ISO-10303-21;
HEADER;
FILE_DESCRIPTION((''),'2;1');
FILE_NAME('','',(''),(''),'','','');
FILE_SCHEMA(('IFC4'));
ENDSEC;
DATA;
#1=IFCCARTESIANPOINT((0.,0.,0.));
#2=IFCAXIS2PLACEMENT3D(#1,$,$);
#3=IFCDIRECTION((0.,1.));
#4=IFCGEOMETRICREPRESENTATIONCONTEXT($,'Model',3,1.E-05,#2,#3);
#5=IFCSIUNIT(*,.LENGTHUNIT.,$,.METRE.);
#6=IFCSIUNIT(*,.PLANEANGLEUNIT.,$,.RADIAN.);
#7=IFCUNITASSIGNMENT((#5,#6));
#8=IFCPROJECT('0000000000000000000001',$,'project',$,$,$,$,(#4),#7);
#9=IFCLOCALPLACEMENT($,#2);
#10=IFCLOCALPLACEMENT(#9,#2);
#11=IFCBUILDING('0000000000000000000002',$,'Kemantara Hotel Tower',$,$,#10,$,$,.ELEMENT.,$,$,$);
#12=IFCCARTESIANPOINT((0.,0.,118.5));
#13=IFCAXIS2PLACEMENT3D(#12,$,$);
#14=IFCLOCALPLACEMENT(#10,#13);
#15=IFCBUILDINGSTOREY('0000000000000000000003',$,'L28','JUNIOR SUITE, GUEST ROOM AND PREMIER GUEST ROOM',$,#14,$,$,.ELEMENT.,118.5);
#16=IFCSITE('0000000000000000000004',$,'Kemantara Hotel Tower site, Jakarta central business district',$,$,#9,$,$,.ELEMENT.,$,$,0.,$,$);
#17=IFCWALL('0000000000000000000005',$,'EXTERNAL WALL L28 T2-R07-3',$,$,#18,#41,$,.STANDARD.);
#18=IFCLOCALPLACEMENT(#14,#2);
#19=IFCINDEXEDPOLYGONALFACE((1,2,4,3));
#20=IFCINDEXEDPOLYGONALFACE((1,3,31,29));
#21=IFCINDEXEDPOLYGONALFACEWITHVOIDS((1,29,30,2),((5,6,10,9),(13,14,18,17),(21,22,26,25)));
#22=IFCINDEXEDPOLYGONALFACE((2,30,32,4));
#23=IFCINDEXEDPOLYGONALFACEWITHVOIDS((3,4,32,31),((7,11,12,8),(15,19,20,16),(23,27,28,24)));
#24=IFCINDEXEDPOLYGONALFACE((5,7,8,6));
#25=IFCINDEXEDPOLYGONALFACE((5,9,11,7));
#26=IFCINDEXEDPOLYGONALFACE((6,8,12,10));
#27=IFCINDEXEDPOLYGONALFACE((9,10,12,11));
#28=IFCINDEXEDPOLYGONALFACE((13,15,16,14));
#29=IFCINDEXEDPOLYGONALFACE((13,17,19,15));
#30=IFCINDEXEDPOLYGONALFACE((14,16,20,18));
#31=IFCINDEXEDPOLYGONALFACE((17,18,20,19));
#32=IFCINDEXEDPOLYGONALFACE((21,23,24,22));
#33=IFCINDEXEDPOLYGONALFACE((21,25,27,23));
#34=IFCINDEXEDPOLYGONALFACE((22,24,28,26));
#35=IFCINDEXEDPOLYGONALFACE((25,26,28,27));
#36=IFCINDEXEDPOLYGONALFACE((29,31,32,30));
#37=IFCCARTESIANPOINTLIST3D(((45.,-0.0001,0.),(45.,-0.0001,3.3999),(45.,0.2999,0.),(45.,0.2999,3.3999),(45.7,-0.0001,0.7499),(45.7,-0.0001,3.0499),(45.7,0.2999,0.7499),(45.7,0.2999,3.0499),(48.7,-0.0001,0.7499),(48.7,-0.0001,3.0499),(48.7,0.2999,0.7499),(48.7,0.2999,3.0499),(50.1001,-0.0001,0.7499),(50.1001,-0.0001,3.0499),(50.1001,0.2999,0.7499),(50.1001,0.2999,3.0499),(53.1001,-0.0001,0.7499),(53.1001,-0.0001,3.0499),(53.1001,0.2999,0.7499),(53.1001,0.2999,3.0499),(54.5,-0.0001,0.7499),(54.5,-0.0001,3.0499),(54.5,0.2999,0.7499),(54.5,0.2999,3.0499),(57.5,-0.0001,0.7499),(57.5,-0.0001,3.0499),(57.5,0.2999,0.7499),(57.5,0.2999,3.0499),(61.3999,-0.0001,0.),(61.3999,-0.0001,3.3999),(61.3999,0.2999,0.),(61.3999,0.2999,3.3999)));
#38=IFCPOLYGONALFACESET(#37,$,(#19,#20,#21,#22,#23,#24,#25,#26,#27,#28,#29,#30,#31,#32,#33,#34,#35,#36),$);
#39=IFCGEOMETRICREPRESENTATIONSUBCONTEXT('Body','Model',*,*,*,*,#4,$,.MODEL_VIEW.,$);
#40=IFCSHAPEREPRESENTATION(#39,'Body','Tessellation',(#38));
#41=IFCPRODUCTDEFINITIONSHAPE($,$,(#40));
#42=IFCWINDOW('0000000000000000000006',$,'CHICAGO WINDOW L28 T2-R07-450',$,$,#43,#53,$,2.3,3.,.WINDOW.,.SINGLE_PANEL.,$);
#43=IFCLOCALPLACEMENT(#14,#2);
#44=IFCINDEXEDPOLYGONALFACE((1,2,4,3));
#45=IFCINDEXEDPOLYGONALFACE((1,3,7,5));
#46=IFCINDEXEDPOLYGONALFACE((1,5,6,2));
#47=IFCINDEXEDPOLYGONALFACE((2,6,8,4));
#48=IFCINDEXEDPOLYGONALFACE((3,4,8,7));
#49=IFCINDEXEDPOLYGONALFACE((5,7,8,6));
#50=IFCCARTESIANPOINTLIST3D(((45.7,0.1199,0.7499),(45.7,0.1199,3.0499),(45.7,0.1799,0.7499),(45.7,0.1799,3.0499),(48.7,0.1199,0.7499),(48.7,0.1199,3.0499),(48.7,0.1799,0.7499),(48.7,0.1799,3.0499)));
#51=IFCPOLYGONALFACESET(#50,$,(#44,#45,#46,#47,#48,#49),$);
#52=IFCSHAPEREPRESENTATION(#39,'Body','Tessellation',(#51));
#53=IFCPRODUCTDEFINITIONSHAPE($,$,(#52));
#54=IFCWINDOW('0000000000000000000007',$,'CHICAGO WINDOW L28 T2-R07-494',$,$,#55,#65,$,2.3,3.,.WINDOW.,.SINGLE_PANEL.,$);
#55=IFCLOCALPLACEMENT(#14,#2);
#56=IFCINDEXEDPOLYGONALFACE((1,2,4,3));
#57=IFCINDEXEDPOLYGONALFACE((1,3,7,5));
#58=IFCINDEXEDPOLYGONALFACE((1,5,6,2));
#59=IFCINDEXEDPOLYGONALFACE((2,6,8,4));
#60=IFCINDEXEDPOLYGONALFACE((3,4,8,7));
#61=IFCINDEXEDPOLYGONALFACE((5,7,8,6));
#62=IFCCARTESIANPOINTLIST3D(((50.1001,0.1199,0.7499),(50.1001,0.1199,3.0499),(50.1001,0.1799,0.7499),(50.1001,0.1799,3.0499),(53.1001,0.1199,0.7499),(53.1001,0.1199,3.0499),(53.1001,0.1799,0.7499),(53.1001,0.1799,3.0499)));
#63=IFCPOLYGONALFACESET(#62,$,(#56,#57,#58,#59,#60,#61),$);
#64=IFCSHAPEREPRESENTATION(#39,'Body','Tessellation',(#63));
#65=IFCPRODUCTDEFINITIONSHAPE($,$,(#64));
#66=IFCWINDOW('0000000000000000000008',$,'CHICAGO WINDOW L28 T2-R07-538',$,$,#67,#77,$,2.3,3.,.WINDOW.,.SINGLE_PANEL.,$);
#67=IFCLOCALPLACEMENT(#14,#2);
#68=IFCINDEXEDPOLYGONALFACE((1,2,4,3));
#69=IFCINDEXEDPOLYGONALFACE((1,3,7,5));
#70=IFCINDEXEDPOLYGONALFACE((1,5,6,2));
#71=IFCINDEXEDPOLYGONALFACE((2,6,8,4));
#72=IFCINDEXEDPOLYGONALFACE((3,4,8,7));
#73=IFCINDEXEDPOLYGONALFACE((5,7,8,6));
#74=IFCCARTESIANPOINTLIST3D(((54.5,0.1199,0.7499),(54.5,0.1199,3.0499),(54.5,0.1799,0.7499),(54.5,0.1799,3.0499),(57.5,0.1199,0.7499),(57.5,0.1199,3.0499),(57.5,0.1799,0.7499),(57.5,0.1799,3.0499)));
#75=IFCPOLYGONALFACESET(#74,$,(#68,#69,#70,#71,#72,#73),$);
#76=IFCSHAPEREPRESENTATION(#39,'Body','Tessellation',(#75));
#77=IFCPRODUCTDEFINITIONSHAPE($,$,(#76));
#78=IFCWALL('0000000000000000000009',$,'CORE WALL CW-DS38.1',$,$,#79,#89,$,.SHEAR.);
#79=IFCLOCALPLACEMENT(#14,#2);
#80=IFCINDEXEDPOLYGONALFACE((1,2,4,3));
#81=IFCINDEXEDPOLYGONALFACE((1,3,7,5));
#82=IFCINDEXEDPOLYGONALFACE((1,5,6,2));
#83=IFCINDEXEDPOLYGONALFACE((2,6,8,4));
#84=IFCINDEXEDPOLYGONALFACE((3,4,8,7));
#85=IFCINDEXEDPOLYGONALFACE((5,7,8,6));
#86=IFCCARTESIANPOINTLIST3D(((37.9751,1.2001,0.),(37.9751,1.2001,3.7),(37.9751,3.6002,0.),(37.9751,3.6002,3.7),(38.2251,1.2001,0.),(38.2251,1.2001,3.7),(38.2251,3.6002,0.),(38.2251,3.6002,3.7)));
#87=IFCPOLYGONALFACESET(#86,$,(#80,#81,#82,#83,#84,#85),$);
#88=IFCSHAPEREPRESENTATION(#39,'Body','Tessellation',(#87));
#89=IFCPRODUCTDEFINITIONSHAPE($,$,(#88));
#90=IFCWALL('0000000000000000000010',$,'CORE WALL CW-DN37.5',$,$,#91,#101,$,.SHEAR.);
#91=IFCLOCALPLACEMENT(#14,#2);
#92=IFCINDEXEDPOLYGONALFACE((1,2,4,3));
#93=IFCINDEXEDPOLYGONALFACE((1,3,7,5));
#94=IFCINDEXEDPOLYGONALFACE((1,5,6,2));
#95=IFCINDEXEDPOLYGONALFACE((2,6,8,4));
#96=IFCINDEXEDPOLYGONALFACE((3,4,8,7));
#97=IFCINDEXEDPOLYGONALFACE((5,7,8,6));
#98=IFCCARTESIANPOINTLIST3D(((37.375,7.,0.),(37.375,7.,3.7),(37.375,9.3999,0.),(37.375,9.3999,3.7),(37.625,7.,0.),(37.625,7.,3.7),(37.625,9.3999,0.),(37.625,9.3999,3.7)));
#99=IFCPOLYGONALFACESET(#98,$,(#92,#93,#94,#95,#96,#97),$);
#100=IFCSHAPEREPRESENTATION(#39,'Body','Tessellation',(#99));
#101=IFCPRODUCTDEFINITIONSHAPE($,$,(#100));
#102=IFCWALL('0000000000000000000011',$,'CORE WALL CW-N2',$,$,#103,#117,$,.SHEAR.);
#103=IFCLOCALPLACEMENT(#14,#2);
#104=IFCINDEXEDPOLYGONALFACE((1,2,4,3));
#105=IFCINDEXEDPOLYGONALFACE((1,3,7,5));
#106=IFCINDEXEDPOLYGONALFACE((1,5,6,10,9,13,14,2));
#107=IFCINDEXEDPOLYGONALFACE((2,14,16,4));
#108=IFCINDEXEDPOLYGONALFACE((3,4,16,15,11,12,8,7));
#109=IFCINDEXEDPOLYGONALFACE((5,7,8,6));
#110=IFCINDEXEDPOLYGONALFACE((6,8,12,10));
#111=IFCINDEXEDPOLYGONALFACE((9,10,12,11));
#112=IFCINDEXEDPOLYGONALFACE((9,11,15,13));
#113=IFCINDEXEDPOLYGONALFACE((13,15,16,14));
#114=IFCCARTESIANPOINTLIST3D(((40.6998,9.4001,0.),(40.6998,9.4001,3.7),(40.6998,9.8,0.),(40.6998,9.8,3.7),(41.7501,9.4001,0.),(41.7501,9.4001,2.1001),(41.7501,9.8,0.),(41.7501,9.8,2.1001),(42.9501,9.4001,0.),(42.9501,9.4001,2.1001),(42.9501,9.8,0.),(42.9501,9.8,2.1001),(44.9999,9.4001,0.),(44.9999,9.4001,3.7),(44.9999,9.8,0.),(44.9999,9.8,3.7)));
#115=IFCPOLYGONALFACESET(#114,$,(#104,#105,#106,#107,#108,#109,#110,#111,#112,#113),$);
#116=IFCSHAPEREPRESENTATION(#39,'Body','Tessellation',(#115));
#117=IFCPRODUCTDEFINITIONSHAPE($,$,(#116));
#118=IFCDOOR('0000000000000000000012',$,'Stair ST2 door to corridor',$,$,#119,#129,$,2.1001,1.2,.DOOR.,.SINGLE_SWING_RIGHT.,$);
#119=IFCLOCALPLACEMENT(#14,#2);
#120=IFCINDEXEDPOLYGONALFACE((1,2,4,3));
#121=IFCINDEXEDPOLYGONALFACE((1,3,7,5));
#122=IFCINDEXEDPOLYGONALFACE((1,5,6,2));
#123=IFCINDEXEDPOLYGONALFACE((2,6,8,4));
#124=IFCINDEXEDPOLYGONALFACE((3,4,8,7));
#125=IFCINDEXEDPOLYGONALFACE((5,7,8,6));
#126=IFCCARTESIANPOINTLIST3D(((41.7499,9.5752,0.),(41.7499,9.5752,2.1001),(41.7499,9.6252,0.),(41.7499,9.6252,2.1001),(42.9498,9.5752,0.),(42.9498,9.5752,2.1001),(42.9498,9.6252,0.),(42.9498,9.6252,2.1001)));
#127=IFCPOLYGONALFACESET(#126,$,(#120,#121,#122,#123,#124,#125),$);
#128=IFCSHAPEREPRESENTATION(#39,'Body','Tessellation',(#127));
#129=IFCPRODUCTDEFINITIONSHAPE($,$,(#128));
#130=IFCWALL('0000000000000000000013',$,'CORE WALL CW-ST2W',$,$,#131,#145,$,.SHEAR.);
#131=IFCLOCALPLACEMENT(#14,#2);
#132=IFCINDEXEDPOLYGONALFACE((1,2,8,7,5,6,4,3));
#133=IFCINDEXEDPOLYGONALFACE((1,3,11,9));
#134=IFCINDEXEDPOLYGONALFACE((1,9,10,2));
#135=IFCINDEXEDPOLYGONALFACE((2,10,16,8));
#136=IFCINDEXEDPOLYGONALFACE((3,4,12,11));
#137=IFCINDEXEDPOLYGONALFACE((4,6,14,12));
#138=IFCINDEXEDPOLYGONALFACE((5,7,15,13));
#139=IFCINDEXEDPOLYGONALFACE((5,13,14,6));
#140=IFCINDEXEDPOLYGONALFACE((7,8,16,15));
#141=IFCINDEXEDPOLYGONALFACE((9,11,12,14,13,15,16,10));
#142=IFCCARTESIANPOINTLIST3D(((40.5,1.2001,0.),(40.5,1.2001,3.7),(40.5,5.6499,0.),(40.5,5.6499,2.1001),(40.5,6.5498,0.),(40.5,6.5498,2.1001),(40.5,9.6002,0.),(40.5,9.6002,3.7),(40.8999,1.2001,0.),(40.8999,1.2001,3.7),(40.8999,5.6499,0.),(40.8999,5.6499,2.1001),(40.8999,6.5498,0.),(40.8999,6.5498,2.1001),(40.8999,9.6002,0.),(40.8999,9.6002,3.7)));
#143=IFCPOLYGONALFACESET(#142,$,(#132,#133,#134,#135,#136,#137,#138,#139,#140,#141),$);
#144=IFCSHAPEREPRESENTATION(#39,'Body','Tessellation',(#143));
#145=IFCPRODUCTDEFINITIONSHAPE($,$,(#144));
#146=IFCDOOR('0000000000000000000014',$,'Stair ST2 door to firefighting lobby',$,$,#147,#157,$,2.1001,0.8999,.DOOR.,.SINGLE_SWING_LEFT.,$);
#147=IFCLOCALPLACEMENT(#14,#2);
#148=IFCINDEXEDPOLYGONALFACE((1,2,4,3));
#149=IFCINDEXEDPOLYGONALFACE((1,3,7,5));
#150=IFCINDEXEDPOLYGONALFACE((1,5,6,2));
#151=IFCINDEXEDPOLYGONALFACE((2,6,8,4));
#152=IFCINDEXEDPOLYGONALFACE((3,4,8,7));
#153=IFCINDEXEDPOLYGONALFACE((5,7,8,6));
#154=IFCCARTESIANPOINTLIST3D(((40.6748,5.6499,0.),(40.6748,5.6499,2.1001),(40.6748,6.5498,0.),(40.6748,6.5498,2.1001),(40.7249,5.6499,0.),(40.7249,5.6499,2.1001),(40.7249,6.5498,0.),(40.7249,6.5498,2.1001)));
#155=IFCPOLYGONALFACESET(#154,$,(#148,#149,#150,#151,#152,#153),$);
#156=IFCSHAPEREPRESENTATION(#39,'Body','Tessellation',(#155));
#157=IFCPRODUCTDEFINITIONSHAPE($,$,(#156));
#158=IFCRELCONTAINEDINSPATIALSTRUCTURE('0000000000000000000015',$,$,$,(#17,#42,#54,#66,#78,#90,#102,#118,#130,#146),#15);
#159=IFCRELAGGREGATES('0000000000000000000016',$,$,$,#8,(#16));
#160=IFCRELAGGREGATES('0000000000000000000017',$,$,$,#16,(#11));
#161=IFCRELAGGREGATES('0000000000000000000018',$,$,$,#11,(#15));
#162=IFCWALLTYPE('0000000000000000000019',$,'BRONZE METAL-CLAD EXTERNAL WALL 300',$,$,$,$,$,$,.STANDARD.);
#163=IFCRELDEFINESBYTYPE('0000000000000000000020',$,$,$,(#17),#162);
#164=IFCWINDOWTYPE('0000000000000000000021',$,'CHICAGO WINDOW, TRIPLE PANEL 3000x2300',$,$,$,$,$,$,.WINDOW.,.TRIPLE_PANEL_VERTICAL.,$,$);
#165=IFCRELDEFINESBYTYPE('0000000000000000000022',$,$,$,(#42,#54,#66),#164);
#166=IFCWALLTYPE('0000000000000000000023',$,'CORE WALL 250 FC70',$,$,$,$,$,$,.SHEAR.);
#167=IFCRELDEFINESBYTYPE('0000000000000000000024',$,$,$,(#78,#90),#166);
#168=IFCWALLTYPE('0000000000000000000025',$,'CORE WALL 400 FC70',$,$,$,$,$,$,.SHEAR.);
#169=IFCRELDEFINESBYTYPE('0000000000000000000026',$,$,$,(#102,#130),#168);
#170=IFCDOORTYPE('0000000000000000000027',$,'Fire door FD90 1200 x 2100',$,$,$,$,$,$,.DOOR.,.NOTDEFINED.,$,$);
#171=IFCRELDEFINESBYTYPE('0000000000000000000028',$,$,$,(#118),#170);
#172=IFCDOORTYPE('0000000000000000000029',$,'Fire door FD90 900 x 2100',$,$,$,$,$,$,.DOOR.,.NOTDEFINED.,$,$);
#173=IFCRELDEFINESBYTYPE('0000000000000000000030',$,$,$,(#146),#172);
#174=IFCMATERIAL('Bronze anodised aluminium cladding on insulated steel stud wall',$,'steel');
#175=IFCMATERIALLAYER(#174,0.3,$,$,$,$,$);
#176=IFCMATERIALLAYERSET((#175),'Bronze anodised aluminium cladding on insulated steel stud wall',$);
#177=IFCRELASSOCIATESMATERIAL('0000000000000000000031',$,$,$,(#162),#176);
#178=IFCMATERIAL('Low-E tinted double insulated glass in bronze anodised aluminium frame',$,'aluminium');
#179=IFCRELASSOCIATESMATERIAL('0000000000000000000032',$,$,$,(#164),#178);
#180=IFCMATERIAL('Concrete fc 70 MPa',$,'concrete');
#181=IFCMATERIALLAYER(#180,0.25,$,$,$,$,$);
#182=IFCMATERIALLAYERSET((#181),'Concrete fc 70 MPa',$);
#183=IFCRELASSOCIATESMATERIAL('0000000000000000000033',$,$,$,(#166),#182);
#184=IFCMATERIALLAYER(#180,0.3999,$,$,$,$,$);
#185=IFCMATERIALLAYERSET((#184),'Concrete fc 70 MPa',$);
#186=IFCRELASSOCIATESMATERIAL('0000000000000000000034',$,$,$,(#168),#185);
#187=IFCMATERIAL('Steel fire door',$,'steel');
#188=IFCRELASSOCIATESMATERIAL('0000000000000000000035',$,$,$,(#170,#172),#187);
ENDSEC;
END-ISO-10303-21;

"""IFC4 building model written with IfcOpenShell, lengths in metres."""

from ifc_helpers import new_model, si_unit, direction, frame, frame_2d, origin, place, context, subcontext, project, spatial, rectangle, extrude, material, layer, layer_set, type_object, element, fill, save


model = new_model("IFC4")

# Units and contexts
model_context = context("Model", 3, precision=1e-05, world=origin(), true_north=direction((0.0, 1.0)))
body_context = subcontext(model_context, "Body", "Model", "MODEL_VIEW")
ifc_project = project(units=[si_unit("LENGTHUNIT", "METRE"), si_unit("PLANEANGLEUNIT", "RADIAN")], contexts=[model_context])

# Site, building, storey
site_placement = place(None, origin())
site = spatial("IfcSite", under=ifc_project, at=site_placement, Name="Kemantara Hotel Tower site, Jakarta central business district", CompositionType="ELEMENT", RefElevation=0.0)
building_placement = place(site_placement, origin())
building = spatial("IfcBuilding", under=site, at=building_placement, Name="Kemantara Hotel Tower", CompositionType="ELEMENT")
storey_placement = place(building_placement, frame((0.0, 0.0, 118.5)))
storey = spatial("IfcBuildingStorey", under=building, at=storey_placement, Name="L28", Description="JUNIOR SUITE, GUEST ROOM AND PREMIER GUEST ROOM", CompositionType="ELEMENT", Elevation=118.5)

# Wall, openings, windows
ifc_material_1 = material(Name="Bronze anodised aluminium cladding on insulated steel stud wall", Category="steel")
ifc_layer_1 = layer(ifc_material_1, 0.3)
ifc_layer_set_1 = layer_set([ifc_layer_1], Name="Bronze anodised aluminium cladding on insulated steel stud wall")
wall_type_1 = type_object("IfcWallType", Name="BRONZE METAL-CLAD EXTERNAL WALL 300", PredefinedType="STANDARD", material=ifc_layer_set_1)
wall_1_placement = place(storey_placement, frame((45.0, 0.1499, 0.0), z_axis=(0.0, 0.0, 1.0), x_axis=(1.0, 0.0, 0.0)))
wall_1 = element("IfcWall", 1, at=wall_1_placement, inside=storey, type_object=wall_type_1, Name="EXTERNAL WALL L28 T2-R07-3", PredefinedType="STANDARD", context=body_context, shape_type="SweptSolid", body=[
    extrude(rectangle(XDim=16.3999, YDim=0.3, at=frame_2d((8.2, 0.0))), origin(), (0.0, 0.0, 1.0), 3.3999),
])
opening_1_placement = place(wall_1_placement, frame((0.7, 0.0, 0.75)))
opening_1 = element("IfcOpeningElement", 2, at=opening_1_placement, cuts=wall_1, PredefinedType="OPENING", context=body_context, shape_type="SweptSolid", body=[
    extrude(rectangle(XDim=3.0, YDim=2.3, at=frame_2d((1.5, 1.1499))), frame((0.0, 0.1599, 0.0), z_axis=(0.0, -1.0, 0.0), x_axis=(1.0, 0.0, 0.0)), (0.0, 0.0, 1.0), 0.3201),
])
opening_2_placement = place(wall_1_placement, frame((5.1001, 0.0, 0.75)))
opening_2 = element("IfcOpeningElement", 3, at=opening_2_placement, cuts=wall_1, PredefinedType="OPENING", context=body_context, shape_type="SweptSolid", body=[
    extrude(rectangle(XDim=3.0, YDim=2.3, at=frame_2d((1.5, 1.1499))), frame((0.0, 0.1599, 0.0), z_axis=(0.0, -1.0, 0.0), x_axis=(1.0, 0.0, 0.0)), (0.0, 0.0, 1.0), 0.3201),
])
opening_3_placement = place(wall_1_placement, frame((9.5, 0.0, 0.75)))
opening_3 = element("IfcOpeningElement", 4, at=opening_3_placement, cuts=wall_1, PredefinedType="OPENING", context=body_context, shape_type="SweptSolid", body=[
    extrude(rectangle(XDim=3.0, YDim=2.3, at=frame_2d((1.5, 1.1499))), frame((0.0, 0.1599, 0.0), z_axis=(0.0, -1.0, 0.0), x_axis=(1.0, 0.0, 0.0)), (0.0, 0.0, 1.0), 0.3201),
])
ifc_material_2 = material(Name="Low-E tinted double insulated glass in bronze anodised aluminium frame", Category="aluminium")
window_type = type_object("IfcWindowType", Name="CHICAGO WINDOW, TRIPLE PANEL 3000x2300", PartitioningType="TRIPLE_PANEL_VERTICAL", PredefinedType="WINDOW", material=ifc_material_2)
window_1_placement = place(opening_1_placement, origin())
window_1 = element("IfcWindow", 5, at=window_1_placement, inside=storey, type_object=window_type, Name="CHICAGO WINDOW L28 T2-R07-450", OverallHeight=2.3, OverallWidth=3.0, PartitioningType="SINGLE_PANEL", PredefinedType="WINDOW", context=body_context, shape_type="SweptSolid", body=[
    extrude(rectangle(XDim=3.0, YDim=2.3, at=frame_2d((1.5, 1.1499))), frame((0.0, 0.03, 0.0), z_axis=(0.0, -1.0, 0.0), x_axis=(1.0, 0.0, 0.0)), (0.0, 0.0, 1.0), 0.0601),
])
fill(opening_1, window_1)
window_2_placement = place(opening_2_placement, origin())
window_2 = element("IfcWindow", 6, at=window_2_placement, inside=storey, type_object=window_type, Name="CHICAGO WINDOW L28 T2-R07-494", OverallHeight=2.3, OverallWidth=3.0, PartitioningType="SINGLE_PANEL", PredefinedType="WINDOW", context=body_context, shape_type="SweptSolid", body=[
    extrude(rectangle(XDim=3.0, YDim=2.3, at=frame_2d((1.5, 1.1499))), frame((0.0, 0.03, 0.0), z_axis=(0.0, -1.0, 0.0), x_axis=(1.0, 0.0, 0.0)), (0.0, 0.0, 1.0), 0.0601),
])
fill(opening_2, window_2)
window_3_placement = place(opening_3_placement, origin())
window_3 = element("IfcWindow", 7, at=window_3_placement, inside=storey, type_object=window_type, Name="CHICAGO WINDOW L28 T2-R07-538", OverallHeight=2.3, OverallWidth=3.0, PartitioningType="SINGLE_PANEL", PredefinedType="WINDOW", context=body_context, shape_type="SweptSolid", body=[
    extrude(rectangle(XDim=3.0, YDim=2.3, at=frame_2d((1.5, 1.1499))), frame((0.0, 0.03, 0.0), z_axis=(0.0, -1.0, 0.0), x_axis=(1.0, 0.0, 0.0)), (0.0, 0.0, 1.0), 0.0601),
])
fill(opening_3, window_3)

# Walls
ifc_material_3 = material(Name="Concrete fc 70 MPa", Category="concrete")
ifc_layer_2 = layer(ifc_material_3, 0.25)
ifc_layer_set_2 = layer_set([ifc_layer_2], Name="Concrete fc 70 MPa")
wall_type_2 = type_object("IfcWallType", Name="CORE WALL 250 FC70", PredefinedType="SHEAR", material=ifc_layer_set_2)
wall_2_placement = place(storey_placement, frame((38.1001, 1.2, 0.0), z_axis=(0.0, 0.0, 1.0), x_axis=(0.0, 1.0, 0.0)))
element("IfcWall", 8, at=wall_2_placement, inside=storey, type_object=wall_type_2, Name="CORE WALL CW-DS38.1", PredefinedType="SHEAR", context=body_context, shape_type="SweptSolid", body=[
    extrude(rectangle(XDim=2.4001, YDim=0.25, at=frame_2d((1.2002, 0.0))), origin(), (0.0, 0.0, 1.0), 3.7),
])
wall_3_placement = place(storey_placement, frame((37.5, 7.0, 0.0), z_axis=(0.0, 0.0, 1.0), x_axis=(0.0, 1.0, 0.0)))
element("IfcWall", 9, at=wall_3_placement, inside=storey, type_object=wall_type_2, Name="CORE WALL CW-DN37.5", PredefinedType="SHEAR", context=body_context, shape_type="SweptSolid", body=[
    extrude(rectangle(XDim=2.3999, YDim=0.25, at=frame_2d((1.2, 0.0))), origin(), (0.0, 0.0, 1.0), 3.7),
])

# Walls, openings, doors
ifc_layer_3 = layer(ifc_material_3, 0.3999)
ifc_layer_set_3 = layer_set([ifc_layer_3], Name="Concrete fc 70 MPa")
wall_type_3 = type_object("IfcWallType", Name="CORE WALL 400 FC70", PredefinedType="SHEAR", material=ifc_layer_set_3)
wall_4_placement = place(storey_placement, frame((40.7, 9.6001, 0.0), z_axis=(0.0, 0.0, 1.0), x_axis=(1.0, 0.0, 0.0)))
wall_4 = element("IfcWall", 10, at=wall_4_placement, inside=storey, type_object=wall_type_3, Name="CORE WALL CW-N2", PredefinedType="SHEAR", context=body_context, shape_type="SweptSolid", body=[
    extrude(rectangle(XDim=4.3, YDim=0.3999, at=frame_2d((2.1499, 0.0))), origin(), (0.0, 0.0, 1.0), 3.7),
])
opening_4_placement = place(wall_4_placement, frame((1.05, 0.0, 0.0)))
opening_4 = element("IfcOpeningElement", 11, at=opening_4_placement, cuts=wall_4, PredefinedType="OPENING", context=body_context, shape_type="SweptSolid", body=[
    extrude(rectangle(XDim=1.2, YDim=2.1001, at=frame_2d((0.6001, 1.05))), frame((0.0, 0.21, 0.0), z_axis=(0.0, -1.0, 0.0), x_axis=(1.0, 0.0, 0.0)), (0.0, 0.0, 1.0), 0.4199),
])
ifc_material_4 = material(Name="Steel fire door", Category="steel")
door_type_1 = type_object("IfcDoorType", Name="Fire door FD90 1200 x 2100", OperationType="NOTDEFINED", PredefinedType="DOOR", material=ifc_material_4)
door_1_placement = place(opening_4_placement, frame((1.2, 0.0, 0.0), z_axis=(0.0, 0.0, 1.0), x_axis=(-1.0, 0.0, 0.0)))
door_1 = element("IfcDoor", 12, at=door_1_placement, inside=storey, type_object=door_type_1, Name="Stair ST2 door to corridor", OperationType="SINGLE_SWING_RIGHT", OverallHeight=2.1001, OverallWidth=1.2, PredefinedType="DOOR", context=body_context, shape_type="SweptSolid", body=[
    extrude(rectangle(XDim=1.2, YDim=2.1001, at=frame_2d((0.6001, 1.05))), frame((0.0, 0.0249, 0.0), z_axis=(0.0, -1.0, 0.0), x_axis=(1.0, 0.0, 0.0)), (0.0, 0.0, 1.0), 0.05),
])
fill(opening_4, door_1)
wall_5_placement = place(storey_placement, frame((40.7, 1.2, 0.0), z_axis=(0.0, 0.0, 1.0), x_axis=(0.0, 1.0, 0.0)))
wall_5 = element("IfcWall", 13, at=wall_5_placement, inside=storey, type_object=wall_type_3, Name="CORE WALL CW-ST2W", PredefinedType="SHEAR", context=body_context, shape_type="SweptSolid", body=[
    extrude(rectangle(XDim=8.4001, YDim=0.3999, at=frame_2d((4.2002, 0.0))), origin(), (0.0, 0.0, 1.0), 3.7),
])
opening_5_placement = place(wall_5_placement, frame((4.45, 0.0, 0.0)))
opening_5 = element("IfcOpeningElement", 14, at=opening_5_placement, cuts=wall_5, PredefinedType="OPENING", context=body_context, shape_type="SweptSolid", body=[
    extrude(rectangle(XDim=0.8999, YDim=2.1001, at=frame_2d((0.45, 1.05))), frame((0.0, 0.21, 0.0), z_axis=(0.0, -1.0, 0.0), x_axis=(1.0, 0.0, 0.0)), (0.0, 0.0, 1.0), 0.4199),
])
door_type_2 = type_object("IfcDoorType", Name="Fire door FD90 900 x 2100", OperationType="NOTDEFINED", PredefinedType="DOOR", material=ifc_material_4)
door_2_placement = place(opening_5_placement, frame((0.8999, 0.0, 0.0), z_axis=(0.0, 0.0, 1.0), x_axis=(-1.0, 0.0, 0.0)))
door_2 = element("IfcDoor", 15, at=door_2_placement, inside=storey, type_object=door_type_2, Name="Stair ST2 door to firefighting lobby", OperationType="SINGLE_SWING_LEFT", OverallHeight=2.1001, OverallWidth=0.8999, PredefinedType="DOOR", context=body_context, shape_type="SweptSolid", body=[
    extrude(rectangle(XDim=0.8999, YDim=2.1001, at=frame_2d((0.45, 1.05))), frame((0.0, 0.0249, 0.0), z_axis=(0.0, -1.0, 0.0), x_axis=(1.0, 0.0, 0.0)), (0.0, 0.0, 1.0), 0.05),
])
fill(opening_5, door_2)

save(model, "model.ifc")
